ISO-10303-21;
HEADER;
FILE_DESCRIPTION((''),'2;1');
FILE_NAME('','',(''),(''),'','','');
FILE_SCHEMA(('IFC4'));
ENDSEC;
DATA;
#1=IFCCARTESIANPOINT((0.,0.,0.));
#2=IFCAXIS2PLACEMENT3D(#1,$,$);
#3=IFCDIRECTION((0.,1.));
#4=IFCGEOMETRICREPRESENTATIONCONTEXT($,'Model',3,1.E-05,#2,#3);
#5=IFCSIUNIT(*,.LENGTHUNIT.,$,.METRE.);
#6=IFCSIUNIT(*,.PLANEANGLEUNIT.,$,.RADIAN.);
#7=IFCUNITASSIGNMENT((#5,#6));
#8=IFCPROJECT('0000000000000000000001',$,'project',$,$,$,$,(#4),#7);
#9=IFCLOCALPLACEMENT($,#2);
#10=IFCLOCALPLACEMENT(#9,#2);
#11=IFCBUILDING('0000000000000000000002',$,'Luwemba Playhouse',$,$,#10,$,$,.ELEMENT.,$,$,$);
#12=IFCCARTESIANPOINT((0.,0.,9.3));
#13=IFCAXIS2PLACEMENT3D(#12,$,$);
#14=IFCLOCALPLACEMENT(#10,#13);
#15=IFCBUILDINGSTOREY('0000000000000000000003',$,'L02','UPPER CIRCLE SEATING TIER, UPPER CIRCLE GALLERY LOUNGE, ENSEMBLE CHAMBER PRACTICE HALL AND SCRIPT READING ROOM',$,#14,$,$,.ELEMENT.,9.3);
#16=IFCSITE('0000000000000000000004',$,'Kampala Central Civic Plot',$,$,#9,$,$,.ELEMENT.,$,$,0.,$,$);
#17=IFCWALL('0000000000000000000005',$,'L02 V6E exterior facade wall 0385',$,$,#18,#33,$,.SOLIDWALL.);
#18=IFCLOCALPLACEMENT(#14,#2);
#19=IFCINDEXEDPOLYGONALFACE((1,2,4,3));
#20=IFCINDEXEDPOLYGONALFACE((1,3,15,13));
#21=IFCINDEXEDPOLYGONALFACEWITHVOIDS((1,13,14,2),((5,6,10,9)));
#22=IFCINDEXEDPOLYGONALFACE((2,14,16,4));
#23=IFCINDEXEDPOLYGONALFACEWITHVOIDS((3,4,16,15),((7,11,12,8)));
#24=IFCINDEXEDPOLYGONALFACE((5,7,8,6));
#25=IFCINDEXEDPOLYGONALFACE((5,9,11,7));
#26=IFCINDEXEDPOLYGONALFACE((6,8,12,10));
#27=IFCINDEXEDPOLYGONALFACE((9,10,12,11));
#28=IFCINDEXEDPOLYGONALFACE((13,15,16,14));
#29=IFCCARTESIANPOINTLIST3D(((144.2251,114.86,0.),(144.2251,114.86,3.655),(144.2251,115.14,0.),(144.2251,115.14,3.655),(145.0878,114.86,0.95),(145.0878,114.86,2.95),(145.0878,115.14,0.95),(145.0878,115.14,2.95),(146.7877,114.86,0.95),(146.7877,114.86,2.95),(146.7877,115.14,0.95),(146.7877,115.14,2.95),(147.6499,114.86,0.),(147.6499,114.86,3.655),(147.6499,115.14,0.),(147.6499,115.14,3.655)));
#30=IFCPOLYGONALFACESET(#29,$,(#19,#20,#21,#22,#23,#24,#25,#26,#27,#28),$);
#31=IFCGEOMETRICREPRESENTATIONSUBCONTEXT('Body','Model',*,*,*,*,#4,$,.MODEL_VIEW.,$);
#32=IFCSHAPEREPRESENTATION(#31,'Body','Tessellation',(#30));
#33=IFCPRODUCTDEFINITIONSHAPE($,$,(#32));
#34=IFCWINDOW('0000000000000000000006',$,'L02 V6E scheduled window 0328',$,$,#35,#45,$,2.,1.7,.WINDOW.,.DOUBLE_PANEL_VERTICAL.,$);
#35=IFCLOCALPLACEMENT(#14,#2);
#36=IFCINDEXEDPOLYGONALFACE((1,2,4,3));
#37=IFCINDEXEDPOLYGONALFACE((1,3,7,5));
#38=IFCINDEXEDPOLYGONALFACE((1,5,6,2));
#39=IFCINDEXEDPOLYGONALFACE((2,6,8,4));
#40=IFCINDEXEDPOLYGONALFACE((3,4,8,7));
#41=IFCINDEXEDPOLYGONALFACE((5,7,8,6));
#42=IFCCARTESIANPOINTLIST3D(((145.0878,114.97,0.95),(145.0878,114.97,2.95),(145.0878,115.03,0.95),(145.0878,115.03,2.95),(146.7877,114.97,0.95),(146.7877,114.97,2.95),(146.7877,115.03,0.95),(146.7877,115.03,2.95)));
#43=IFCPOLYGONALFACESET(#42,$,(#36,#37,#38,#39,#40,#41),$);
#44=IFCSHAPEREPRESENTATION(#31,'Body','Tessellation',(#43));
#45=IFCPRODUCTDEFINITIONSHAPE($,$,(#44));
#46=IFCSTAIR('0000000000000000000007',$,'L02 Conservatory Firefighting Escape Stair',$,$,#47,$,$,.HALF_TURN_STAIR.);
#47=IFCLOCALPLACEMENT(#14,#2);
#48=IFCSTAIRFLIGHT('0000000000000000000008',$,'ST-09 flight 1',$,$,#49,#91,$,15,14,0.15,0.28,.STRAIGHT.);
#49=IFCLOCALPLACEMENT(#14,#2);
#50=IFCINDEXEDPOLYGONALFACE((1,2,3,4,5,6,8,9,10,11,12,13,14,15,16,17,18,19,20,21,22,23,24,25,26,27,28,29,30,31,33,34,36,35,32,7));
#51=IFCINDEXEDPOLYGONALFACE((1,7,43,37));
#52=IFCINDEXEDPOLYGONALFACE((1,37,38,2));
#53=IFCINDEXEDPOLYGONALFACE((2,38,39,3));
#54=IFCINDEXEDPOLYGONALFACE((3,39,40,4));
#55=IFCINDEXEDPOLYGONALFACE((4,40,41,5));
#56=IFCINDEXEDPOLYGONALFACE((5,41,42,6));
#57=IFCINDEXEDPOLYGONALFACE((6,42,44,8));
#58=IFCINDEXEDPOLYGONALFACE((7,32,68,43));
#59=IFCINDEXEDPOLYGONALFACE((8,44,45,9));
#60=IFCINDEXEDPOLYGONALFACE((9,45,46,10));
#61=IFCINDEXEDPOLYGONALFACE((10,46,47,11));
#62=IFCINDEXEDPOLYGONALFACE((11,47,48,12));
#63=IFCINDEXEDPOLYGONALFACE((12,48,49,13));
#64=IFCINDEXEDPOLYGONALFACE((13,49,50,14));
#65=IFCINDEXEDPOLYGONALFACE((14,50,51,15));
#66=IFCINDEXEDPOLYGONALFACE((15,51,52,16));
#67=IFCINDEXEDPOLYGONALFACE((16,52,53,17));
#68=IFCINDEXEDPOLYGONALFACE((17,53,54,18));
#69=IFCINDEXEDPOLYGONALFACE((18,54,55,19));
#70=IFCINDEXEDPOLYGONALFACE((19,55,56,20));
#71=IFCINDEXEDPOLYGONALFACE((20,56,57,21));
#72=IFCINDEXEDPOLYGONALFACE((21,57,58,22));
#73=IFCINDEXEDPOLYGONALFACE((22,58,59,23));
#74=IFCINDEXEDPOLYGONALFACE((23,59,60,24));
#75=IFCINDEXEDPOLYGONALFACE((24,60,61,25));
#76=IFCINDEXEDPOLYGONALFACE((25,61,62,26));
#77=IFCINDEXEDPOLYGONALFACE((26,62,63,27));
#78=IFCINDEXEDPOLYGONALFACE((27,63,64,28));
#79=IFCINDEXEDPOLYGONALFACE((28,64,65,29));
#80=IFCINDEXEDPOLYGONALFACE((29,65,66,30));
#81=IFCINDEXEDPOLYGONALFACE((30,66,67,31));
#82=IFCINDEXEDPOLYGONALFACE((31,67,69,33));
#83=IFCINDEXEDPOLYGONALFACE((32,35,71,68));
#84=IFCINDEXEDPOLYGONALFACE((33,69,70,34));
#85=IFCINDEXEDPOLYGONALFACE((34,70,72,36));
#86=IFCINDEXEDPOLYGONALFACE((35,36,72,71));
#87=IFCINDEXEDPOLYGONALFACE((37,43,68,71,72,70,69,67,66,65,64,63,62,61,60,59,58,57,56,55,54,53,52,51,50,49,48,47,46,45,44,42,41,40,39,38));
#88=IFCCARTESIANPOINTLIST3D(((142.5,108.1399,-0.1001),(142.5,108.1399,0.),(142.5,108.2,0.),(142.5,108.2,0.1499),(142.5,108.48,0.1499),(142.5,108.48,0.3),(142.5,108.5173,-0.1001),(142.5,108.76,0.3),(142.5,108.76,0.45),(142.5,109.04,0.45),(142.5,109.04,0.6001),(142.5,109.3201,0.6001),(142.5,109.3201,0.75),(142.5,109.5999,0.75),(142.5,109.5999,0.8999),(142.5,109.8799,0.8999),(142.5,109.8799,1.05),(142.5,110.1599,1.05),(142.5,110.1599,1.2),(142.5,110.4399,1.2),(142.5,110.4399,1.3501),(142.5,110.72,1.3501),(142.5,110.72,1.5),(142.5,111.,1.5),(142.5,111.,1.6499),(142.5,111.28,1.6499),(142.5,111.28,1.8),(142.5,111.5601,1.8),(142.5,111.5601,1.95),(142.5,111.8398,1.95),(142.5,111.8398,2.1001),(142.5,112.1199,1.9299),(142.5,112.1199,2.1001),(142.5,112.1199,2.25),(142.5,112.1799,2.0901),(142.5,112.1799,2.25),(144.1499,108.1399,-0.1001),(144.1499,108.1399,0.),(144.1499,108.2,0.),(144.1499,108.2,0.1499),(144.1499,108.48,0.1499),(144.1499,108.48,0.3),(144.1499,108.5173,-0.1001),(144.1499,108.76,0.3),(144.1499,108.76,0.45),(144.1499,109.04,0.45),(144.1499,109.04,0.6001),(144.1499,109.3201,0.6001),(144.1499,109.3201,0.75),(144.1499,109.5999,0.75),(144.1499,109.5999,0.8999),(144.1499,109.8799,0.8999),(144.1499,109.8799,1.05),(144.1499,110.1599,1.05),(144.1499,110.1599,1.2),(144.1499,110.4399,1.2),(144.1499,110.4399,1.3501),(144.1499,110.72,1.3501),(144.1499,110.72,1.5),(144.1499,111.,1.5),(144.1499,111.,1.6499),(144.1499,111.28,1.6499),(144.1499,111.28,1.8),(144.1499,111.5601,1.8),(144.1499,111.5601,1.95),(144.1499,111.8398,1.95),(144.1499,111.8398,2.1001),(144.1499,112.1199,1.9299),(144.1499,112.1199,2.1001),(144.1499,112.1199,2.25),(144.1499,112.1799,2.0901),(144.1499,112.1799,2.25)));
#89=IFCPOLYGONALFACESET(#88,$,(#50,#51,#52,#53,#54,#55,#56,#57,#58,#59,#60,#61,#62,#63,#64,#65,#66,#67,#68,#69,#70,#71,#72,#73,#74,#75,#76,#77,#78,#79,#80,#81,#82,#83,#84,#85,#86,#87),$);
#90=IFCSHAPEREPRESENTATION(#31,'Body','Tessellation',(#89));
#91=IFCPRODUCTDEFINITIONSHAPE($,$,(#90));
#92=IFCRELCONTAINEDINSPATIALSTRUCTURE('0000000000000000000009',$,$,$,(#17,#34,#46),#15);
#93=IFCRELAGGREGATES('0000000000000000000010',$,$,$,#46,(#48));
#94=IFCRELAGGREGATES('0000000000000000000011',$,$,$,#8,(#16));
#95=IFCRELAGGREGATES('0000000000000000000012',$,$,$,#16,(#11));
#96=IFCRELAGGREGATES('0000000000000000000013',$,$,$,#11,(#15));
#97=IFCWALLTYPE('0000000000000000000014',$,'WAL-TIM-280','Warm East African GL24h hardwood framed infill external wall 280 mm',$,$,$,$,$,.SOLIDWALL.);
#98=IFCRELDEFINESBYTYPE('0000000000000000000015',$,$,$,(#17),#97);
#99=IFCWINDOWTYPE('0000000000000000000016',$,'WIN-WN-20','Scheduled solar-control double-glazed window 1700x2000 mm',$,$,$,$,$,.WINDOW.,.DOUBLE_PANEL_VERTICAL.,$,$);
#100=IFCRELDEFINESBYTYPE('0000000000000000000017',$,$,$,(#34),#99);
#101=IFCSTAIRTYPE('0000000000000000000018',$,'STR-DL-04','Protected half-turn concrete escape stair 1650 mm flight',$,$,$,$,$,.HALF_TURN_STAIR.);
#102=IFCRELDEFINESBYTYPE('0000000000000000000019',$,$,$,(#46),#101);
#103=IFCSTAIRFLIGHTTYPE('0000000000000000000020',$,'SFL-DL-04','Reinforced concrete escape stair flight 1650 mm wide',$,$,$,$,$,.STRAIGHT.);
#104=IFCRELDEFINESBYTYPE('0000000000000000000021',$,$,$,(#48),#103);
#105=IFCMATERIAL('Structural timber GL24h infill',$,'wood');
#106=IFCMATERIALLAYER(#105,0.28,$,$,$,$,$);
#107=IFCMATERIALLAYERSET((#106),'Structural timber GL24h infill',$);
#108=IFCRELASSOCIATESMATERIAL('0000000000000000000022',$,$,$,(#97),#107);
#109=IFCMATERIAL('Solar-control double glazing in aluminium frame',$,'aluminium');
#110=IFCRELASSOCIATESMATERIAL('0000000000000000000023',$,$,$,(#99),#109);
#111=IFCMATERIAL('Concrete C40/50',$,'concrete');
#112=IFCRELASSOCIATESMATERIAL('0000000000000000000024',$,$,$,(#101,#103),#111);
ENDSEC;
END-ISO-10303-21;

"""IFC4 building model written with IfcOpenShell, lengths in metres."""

from ifc_helpers import new_model, si_unit, direction, frame, frame_2d, origin, place, context, subcontext, project, spatial, polyline, rectangle, outline, extrude, material, layer, layer_set, type_object, element, fill, aggregate, save


model = new_model("IFC4")

# Units and contexts
model_context = context("Model", 3, precision=1e-05, world=origin(), true_north=direction((0.0, 1.0)))
body_context = subcontext(model_context, "Body", "Model", "MODEL_VIEW")
ifc_project = project(units=[si_unit("LENGTHUNIT", "METRE"), si_unit("PLANEANGLEUNIT", "RADIAN")], contexts=[model_context])

# Site, building, storey
site_placement = place(None, origin())
site = spatial("IfcSite", under=ifc_project, at=site_placement, Name="Kampala Central Civic Plot", CompositionType="ELEMENT", RefElevation=0.0)
building_placement = place(site_placement, origin())
building = spatial("IfcBuilding", under=site, at=building_placement, Name="Luwemba Playhouse", CompositionType="ELEMENT")
storey_placement = place(building_placement, frame((0.0, 0.0, 9.3)))
storey = spatial("IfcBuildingStorey", under=building, at=storey_placement, Name="L02", Description="UPPER CIRCLE SEATING TIER, UPPER CIRCLE GALLERY LOUNGE, ENSEMBLE CHAMBER PRACTICE HALL AND SCRIPT READING ROOM", CompositionType="ELEMENT", Elevation=9.3)

# Shared definitions
ifc_material_1 = material(Name="Concrete C40/50", Category="concrete")

# Shared definitions
ifc_material_2 = material(Name="Solar-control double glazing in aluminium frame", Category="aluminium")

# Wall, opening, window
ifc_material_3 = material(Name="Structural timber GL24h infill", Category="wood")
ifc_layer_1 = layer(ifc_material_3, 0.28)
ifc_layer_set_1 = layer_set([ifc_layer_1], Name="Structural timber GL24h infill")
wall_type_1 = type_object("IfcWallType", Name="WAL-TIM-280", Description="Warm East African GL24h hardwood framed infill external wall 280 mm", PredefinedType="SOLIDWALL", material=ifc_layer_set_1)
wall_1_placement = place(storey_placement, frame((144.2251, 115.0, 0.0), z_axis=(0.0, 0.0, 1.0), x_axis=(1.0, 0.0, 0.0)))
wall_1 = element("IfcWall", 1, at=wall_1_placement, inside=storey, type_object=wall_type_1, Name="L02 V6E exterior facade wall 0385", PredefinedType="SOLIDWALL", context=body_context, shape_type="SweptSolid", body=[
    extrude(rectangle(XDim=3.4248, YDim=0.28, at=frame_2d((1.7124, 0.0))), origin(), (0.0, 0.0, 1.0), 3.655),
])
opening_1_placement = place(wall_1_placement, frame((0.8625, 0.0, 0.95)))
opening_1 = element("IfcOpeningElement", 2, at=opening_1_placement, cuts=wall_1, PredefinedType="OPENING", context=body_context, shape_type="SweptSolid", body=[
    extrude(rectangle(XDim=1.7, YDim=2.0, at=frame_2d((0.8501, 1.0))), frame((0.0, 0.1499, 0.0), z_axis=(0.0, -1.0, 0.0), x_axis=(1.0, 0.0, 0.0)), (0.0, 0.0, 1.0), 0.3),
])
window_type_1 = type_object("IfcWindowType", Name="WIN-WN-20", Description="Scheduled solar-control double-glazed window 1700x2000 mm", PartitioningType="DOUBLE_PANEL_VERTICAL", PredefinedType="WINDOW", material=ifc_material_2)
window_1_placement = place(opening_1_placement, origin())
window_1 = element("IfcWindow", 3, at=window_1_placement, inside=storey, type_object=window_type_1, Name="L02 V6E scheduled window 0328", OverallHeight=2.0, OverallWidth=1.7, PartitioningType="DOUBLE_PANEL_VERTICAL", PredefinedType="WINDOW", context=body_context, shape_type="SweptSolid", body=[
    extrude(rectangle(XDim=1.7, YDim=2.0, at=frame_2d((0.8501, 1.0))), frame((0.0, 0.03, 0.0), z_axis=(0.0, -1.0, 0.0), x_axis=(1.0, 0.0, 0.0)), (0.0, 0.0, 1.0), 0.0601),
])
fill(opening_1, window_1)

# Stair, stair flight
stair_type = type_object("IfcStairType", Name="STR-DL-04", Description="Protected half-turn concrete escape stair 1650 mm flight", PredefinedType="HALF_TURN_STAIR", material=ifc_material_1)
stair_placement = place(storey_placement, origin())
stair = element("IfcStair", 4, at=stair_placement, inside=storey, type_object=stair_type, Name="L02 Conservatory Firefighting Escape Stair", PredefinedType="HALF_TURN_STAIR")
stair_flight_type = type_object("IfcStairFlightType", Name="SFL-DL-04", Description="Reinforced concrete escape stair flight 1650 mm wide", PredefinedType="STRAIGHT", material=ifc_material_1)
stair_flight_placement = place(storey_placement, frame((143.325, 108.2, 0.0), z_axis=(0.0, 0.0, 1.0), x_axis=(0.0, 1.0, 0.0)))
stair_flight = element("IfcStairFlight", 5, at=stair_flight_placement, type_object=stair_flight_type, Name="ST-09 flight 1", NumberOfRisers=15, NumberOfTreads=14, PredefinedType="STRAIGHT", RiserHeight=0.15, TreadLength=0.28, context=body_context, shape_type="SweptSolid", body=[
    extrude(outline(polyline([(-0.0601, -0.1001), (-0.0601, 0.0), (0.0, 0.0), (0.0, 0.1499), (0.28, 0.1499), (0.28, 0.3), (0.5601, 0.3), (0.5601, 0.45), (0.8401, 0.45), (0.8401, 0.6001), (1.1201, 0.6001), (1.1201, 0.75), (1.3999, 0.75), (1.3999, 0.8999), (1.6799, 0.8999), (1.6799, 1.05), (1.96, 1.05), (1.96, 1.2), (2.24, 1.2), (2.24, 1.3501), (2.52, 1.3501), (2.52, 1.5), (2.8, 1.5), (2.8, 1.6499), (3.0801, 1.6499), (3.0801, 1.8), (3.3601, 1.8), (3.3601, 1.95), (3.6399, 1.95), (3.6399, 2.1001), (3.9199, 2.1001), (3.9199, 2.25), (3.98, 2.25), (3.98, 2.0901), (3.9199, 1.9299), (0.3174, -0.1001), (-0.0601, -0.1001)])), frame((0.0, 0.825, 0.0), z_axis=(0.0, -1.0, 0.0), x_axis=(1.0, 0.0, 0.0)), (0.0, 0.0, 1.0), 1.6499),
])
aggregate(stair, [stair_flight])

save(model, "model.ifc")
